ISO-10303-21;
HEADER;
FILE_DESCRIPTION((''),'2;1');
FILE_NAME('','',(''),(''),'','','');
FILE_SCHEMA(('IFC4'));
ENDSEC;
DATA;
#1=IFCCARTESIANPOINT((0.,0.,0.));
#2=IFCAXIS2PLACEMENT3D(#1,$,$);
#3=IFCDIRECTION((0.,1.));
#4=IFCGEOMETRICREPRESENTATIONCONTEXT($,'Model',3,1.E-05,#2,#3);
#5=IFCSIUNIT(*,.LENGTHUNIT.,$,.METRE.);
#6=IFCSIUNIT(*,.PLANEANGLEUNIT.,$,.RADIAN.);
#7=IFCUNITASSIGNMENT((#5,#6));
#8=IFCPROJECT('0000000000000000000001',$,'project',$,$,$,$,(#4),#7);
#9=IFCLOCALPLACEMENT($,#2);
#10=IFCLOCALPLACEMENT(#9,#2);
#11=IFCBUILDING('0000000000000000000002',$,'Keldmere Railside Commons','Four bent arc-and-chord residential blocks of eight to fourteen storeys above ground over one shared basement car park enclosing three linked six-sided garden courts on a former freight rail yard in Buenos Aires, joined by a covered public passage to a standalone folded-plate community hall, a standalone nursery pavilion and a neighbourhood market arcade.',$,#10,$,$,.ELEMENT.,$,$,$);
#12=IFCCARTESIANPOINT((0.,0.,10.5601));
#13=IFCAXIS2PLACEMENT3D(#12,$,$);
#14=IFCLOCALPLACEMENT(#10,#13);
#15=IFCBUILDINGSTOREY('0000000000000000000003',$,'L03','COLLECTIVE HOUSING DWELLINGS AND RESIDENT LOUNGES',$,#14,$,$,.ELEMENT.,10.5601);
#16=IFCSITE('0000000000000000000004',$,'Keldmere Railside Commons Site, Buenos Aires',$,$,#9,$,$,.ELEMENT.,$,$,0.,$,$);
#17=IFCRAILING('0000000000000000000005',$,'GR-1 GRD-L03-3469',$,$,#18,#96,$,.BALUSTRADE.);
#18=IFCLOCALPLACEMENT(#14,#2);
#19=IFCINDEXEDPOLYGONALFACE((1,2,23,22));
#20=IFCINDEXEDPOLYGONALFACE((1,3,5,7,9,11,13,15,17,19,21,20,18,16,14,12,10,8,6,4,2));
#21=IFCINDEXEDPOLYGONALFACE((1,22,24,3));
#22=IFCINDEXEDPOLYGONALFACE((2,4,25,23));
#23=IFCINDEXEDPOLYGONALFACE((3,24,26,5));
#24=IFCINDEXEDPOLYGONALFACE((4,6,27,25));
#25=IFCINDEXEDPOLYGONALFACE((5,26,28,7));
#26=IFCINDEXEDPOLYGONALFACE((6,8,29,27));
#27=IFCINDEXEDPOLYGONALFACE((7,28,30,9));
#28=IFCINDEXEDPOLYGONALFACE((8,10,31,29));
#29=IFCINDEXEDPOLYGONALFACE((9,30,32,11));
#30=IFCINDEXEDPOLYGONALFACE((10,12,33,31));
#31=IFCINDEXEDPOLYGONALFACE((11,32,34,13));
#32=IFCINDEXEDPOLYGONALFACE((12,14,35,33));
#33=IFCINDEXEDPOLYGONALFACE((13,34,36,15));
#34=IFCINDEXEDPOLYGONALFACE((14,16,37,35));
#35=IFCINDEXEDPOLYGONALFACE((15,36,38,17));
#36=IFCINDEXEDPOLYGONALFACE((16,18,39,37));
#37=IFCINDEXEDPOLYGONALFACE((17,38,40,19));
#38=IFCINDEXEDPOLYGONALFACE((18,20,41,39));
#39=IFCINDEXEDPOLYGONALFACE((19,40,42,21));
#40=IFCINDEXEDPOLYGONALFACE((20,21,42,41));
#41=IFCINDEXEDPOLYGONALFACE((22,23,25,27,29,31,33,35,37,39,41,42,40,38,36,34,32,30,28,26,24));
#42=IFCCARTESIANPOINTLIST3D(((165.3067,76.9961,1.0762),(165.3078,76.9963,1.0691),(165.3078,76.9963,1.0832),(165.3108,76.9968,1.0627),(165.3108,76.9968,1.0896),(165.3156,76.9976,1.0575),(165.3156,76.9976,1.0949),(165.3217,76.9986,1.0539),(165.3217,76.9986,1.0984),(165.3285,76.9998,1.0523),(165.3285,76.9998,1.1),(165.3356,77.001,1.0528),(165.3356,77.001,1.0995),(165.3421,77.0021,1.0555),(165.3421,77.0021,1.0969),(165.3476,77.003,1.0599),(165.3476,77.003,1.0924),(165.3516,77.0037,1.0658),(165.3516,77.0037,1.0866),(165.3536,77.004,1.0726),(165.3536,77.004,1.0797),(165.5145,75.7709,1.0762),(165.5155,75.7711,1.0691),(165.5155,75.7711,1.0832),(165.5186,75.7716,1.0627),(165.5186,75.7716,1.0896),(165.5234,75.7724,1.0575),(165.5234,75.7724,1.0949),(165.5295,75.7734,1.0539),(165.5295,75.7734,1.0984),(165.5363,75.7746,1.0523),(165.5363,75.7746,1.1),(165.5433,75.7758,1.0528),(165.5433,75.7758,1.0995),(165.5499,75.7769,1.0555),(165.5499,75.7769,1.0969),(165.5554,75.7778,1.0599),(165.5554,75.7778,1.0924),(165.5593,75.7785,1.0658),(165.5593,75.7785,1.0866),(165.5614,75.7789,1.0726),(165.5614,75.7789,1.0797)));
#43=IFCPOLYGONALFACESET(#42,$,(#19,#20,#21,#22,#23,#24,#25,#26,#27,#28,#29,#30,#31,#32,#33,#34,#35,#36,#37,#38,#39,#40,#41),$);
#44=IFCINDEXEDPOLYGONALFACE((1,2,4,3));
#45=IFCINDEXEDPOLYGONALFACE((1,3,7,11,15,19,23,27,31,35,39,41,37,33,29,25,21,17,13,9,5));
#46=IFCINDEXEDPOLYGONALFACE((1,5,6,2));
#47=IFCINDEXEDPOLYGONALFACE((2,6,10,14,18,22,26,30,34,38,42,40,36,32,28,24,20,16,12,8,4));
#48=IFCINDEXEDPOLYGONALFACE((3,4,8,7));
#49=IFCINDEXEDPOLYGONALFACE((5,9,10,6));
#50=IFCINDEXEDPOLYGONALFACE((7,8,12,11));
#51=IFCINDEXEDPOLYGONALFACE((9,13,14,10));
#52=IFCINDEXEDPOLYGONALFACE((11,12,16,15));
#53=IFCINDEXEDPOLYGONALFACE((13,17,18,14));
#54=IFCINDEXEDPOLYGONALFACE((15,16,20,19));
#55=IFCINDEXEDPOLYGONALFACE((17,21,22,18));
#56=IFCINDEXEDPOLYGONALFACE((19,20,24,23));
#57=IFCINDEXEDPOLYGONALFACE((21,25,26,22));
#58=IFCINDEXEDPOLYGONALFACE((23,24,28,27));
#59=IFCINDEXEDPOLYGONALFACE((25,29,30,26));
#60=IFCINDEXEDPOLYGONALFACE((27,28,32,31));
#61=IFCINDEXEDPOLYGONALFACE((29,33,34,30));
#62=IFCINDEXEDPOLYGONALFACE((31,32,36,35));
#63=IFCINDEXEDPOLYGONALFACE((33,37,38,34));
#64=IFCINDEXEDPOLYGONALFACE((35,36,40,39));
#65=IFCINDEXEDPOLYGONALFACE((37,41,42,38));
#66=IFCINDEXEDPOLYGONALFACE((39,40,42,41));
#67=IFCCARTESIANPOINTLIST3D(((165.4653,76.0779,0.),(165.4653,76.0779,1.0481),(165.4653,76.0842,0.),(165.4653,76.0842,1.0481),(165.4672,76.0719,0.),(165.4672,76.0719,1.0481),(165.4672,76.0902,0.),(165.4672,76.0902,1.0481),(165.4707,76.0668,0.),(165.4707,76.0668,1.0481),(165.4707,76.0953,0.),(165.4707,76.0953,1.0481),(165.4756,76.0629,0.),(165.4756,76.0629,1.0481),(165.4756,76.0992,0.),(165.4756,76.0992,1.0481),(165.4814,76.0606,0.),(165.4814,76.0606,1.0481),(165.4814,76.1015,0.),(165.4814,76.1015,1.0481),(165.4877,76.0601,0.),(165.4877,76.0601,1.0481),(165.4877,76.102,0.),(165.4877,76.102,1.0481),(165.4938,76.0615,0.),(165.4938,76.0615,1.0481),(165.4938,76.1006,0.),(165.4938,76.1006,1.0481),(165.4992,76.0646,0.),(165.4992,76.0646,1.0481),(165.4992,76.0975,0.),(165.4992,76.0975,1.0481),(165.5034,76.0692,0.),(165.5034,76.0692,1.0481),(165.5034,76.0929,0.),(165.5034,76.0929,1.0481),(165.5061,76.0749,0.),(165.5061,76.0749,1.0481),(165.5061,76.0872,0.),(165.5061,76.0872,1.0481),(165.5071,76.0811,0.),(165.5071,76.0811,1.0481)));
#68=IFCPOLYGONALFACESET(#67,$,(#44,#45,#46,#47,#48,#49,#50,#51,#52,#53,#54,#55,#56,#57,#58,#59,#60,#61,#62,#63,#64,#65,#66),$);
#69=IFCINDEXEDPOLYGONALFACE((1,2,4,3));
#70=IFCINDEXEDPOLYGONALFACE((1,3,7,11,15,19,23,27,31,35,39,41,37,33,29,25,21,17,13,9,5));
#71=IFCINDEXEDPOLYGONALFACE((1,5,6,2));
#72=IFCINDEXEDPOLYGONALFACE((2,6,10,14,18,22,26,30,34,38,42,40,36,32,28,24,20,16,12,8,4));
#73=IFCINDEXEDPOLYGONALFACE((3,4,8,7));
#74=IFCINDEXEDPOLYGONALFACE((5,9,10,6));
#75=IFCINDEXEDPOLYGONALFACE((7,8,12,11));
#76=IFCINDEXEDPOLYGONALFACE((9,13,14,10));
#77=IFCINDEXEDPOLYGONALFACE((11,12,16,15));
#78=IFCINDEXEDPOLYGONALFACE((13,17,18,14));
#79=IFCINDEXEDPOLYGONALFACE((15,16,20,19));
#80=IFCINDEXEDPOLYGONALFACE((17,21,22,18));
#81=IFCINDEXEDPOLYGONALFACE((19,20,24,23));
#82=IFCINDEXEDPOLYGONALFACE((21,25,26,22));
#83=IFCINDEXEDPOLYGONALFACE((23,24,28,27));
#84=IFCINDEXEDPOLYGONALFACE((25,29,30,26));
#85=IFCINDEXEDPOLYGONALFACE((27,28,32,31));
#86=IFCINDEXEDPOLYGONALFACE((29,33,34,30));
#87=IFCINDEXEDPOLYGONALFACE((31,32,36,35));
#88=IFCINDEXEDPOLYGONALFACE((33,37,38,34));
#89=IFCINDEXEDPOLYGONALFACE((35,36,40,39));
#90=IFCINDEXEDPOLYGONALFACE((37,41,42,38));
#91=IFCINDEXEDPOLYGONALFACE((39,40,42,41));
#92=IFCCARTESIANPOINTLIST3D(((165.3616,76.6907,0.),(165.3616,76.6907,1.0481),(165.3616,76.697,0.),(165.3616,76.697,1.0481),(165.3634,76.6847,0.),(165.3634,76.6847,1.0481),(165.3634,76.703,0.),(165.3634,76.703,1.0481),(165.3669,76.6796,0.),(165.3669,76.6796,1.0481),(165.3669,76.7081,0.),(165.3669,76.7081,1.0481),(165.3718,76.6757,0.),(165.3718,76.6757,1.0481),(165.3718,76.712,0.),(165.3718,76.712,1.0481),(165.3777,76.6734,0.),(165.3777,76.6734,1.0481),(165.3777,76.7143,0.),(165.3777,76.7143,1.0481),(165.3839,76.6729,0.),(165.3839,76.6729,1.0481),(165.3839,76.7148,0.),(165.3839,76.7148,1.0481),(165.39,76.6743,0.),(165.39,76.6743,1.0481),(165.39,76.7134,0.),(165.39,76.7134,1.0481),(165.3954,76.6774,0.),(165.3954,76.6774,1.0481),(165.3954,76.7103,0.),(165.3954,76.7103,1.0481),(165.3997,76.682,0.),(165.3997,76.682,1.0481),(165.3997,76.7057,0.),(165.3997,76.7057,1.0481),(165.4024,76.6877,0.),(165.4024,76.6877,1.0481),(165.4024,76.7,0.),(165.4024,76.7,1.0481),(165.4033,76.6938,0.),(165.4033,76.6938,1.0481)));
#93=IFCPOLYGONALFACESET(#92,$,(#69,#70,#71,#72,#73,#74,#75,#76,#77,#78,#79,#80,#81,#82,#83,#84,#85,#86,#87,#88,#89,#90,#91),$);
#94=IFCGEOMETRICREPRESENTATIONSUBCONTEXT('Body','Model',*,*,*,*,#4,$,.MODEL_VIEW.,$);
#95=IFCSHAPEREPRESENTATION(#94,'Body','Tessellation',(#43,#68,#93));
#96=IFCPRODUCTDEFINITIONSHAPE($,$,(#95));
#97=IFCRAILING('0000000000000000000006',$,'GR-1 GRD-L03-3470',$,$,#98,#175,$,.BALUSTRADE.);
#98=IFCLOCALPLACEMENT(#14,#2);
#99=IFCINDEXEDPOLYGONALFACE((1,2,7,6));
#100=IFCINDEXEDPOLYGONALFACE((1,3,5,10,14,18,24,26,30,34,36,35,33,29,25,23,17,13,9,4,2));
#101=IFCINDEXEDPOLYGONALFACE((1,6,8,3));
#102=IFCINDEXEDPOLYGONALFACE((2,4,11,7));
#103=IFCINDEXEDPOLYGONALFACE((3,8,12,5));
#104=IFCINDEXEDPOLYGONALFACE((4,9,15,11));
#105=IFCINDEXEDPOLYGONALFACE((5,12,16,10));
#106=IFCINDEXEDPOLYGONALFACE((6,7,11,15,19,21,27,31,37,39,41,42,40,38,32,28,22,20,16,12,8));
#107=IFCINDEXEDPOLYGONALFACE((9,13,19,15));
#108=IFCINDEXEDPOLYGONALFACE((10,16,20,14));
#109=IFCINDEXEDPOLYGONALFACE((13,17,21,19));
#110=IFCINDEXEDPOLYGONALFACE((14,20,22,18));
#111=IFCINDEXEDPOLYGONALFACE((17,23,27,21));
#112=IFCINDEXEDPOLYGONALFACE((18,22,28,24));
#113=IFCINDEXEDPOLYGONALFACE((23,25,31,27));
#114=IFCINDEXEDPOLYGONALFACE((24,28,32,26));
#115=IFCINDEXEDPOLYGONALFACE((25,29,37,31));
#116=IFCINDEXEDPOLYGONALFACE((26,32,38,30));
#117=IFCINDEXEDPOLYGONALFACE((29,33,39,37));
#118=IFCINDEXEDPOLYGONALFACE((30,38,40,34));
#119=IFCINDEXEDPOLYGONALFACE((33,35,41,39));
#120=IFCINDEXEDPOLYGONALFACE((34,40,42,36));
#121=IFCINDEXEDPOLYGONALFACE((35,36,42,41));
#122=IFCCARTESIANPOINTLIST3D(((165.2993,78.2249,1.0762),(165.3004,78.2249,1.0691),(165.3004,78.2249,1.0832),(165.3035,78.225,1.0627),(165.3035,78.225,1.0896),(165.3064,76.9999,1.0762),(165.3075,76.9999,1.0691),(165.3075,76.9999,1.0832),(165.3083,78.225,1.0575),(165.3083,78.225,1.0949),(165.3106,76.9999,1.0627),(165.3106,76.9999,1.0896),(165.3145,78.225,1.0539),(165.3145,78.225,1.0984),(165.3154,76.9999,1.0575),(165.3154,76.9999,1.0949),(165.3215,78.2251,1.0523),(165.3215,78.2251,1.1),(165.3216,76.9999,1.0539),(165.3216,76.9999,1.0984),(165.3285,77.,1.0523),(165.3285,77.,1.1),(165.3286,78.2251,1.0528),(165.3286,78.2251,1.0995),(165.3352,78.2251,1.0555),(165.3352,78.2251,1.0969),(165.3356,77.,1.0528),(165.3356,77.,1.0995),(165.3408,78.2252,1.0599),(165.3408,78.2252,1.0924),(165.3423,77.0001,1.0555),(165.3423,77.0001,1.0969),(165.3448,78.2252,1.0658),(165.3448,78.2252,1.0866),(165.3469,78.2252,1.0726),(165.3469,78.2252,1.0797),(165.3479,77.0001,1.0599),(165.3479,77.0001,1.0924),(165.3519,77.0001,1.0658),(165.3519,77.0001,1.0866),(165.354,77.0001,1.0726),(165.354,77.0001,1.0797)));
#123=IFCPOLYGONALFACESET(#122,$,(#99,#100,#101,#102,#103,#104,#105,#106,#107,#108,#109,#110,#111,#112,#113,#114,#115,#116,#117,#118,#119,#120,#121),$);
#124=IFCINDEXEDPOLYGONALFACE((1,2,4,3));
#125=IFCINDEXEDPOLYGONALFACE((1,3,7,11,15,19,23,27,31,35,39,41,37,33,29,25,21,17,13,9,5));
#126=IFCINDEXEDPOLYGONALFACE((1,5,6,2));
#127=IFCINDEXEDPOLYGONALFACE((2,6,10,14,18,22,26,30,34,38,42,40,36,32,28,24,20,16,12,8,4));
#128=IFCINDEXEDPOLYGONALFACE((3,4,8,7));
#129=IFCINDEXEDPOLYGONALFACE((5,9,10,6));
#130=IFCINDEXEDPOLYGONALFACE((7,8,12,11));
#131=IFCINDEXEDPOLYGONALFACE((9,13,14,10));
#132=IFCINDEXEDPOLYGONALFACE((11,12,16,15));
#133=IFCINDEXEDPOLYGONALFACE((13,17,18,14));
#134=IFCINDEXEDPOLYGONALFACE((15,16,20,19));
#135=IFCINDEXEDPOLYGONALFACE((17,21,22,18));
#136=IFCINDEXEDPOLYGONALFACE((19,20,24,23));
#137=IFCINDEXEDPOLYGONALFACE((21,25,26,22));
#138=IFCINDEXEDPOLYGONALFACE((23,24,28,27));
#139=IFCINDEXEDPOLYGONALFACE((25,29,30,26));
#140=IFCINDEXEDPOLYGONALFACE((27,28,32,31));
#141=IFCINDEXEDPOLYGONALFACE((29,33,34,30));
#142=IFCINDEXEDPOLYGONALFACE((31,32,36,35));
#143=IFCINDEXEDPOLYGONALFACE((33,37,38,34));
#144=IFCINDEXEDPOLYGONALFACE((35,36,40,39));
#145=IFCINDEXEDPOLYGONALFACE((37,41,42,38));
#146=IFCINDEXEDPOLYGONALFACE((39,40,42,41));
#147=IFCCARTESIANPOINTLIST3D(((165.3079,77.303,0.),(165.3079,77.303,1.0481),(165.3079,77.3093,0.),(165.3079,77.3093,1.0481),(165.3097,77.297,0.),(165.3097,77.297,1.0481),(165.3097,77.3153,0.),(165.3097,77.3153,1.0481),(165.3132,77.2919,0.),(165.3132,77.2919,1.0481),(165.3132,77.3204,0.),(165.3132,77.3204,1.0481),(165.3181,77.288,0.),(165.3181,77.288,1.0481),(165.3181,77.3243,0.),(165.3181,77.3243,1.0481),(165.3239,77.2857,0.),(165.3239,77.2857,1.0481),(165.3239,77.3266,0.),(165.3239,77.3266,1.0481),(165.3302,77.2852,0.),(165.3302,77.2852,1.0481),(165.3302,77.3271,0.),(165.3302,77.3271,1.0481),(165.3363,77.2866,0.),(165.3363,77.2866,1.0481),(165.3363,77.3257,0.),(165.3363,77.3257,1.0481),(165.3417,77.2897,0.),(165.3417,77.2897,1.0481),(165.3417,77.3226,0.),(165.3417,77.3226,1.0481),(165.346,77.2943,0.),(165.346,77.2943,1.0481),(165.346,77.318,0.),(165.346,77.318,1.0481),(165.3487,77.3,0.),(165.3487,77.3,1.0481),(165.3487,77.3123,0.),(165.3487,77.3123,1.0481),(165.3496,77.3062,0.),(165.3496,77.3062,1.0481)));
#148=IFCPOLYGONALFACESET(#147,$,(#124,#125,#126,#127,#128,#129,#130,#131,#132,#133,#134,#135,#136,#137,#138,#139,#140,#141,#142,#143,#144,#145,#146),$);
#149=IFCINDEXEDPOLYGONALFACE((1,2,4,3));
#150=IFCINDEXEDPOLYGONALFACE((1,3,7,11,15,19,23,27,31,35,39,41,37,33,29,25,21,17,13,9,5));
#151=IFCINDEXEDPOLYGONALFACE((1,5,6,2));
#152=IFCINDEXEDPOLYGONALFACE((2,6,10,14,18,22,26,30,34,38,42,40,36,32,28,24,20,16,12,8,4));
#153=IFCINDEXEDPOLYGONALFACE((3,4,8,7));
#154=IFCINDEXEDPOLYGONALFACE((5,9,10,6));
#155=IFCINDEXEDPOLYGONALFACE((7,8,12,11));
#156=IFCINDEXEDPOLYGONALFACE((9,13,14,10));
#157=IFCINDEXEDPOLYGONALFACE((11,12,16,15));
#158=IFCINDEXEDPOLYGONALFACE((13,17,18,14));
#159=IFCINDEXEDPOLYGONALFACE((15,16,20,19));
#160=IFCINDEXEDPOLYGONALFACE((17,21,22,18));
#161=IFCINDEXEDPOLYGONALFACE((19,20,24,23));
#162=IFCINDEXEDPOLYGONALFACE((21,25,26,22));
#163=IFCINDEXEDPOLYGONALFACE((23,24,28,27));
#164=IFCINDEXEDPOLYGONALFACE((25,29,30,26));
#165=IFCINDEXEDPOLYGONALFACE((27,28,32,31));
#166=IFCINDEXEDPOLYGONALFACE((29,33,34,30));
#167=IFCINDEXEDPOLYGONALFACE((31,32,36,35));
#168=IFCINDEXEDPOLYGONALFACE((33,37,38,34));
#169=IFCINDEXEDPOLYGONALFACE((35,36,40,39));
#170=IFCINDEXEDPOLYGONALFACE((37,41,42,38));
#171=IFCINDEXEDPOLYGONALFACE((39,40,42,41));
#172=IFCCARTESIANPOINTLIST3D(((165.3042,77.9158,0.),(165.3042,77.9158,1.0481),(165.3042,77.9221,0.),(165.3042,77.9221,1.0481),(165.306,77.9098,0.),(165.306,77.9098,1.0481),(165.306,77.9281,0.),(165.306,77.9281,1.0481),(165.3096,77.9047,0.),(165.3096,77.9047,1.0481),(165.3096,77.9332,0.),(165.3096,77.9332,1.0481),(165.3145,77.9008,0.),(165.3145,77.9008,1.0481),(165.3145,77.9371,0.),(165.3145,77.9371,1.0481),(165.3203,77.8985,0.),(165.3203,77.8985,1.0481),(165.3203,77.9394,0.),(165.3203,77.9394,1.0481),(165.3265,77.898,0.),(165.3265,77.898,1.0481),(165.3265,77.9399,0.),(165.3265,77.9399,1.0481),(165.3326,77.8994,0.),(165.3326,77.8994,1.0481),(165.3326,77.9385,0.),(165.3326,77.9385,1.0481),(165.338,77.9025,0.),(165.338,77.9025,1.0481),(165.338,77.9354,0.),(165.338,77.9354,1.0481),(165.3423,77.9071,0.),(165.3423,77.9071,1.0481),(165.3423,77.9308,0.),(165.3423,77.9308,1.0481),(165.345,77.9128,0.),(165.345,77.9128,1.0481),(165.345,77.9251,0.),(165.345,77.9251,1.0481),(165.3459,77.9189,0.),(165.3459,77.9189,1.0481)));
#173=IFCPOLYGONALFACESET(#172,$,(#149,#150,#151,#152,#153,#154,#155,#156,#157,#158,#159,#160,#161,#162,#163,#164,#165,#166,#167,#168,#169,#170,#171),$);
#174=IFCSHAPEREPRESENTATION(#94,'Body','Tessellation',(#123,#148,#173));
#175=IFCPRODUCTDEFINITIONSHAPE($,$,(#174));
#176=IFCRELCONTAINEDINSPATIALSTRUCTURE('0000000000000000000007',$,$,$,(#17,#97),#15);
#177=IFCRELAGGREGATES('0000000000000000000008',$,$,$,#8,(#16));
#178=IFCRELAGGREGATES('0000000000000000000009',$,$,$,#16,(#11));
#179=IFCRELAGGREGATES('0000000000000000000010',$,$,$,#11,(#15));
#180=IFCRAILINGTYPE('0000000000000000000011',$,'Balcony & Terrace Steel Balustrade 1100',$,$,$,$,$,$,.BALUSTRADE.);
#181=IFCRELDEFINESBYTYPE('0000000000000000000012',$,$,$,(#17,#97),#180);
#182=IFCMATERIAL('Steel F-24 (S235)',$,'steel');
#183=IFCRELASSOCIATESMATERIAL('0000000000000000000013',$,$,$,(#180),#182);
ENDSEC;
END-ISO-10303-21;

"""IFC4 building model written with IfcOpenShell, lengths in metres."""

from ifc_helpers import new_model, si_unit, direction, frame, origin, origin_2d, place, context, subcontext, project, spatial, circle, extrude, material, type_object, element, save


model = new_model("IFC4")

# Units and contexts
model_context = context("Model", 3, precision=1e-05, world=origin(), true_north=direction((0.0, 1.0)))
body_context = subcontext(model_context, "Body", "Model", "MODEL_VIEW")
ifc_project = project(units=[si_unit("LENGTHUNIT", "METRE"), si_unit("PLANEANGLEUNIT", "RADIAN")], contexts=[model_context])

# Site, building, storey
site_placement = place(None, origin())
site = spatial("IfcSite", under=ifc_project, at=site_placement, Name="Keldmere Railside Commons Site, Buenos Aires", CompositionType="ELEMENT", RefElevation=0.0)
building_placement = place(site_placement, origin())
building = spatial("IfcBuilding", under=site, at=building_placement, Name="Keldmere Railside Commons", Description="Four bent arc-and-chord residential blocks of eight to fourteen storeys above ground over one shared basement car park enclosing three linked six-sided garden courts on a former freight rail yard in Buenos Aires, joined by a covered public passage to a standalone folded-plate community hall, a standalone nursery pavilion and a neighbourhood market arcade.", CompositionType="ELEMENT")
storey_placement = place(building_placement, frame((0.0, 0.0, 10.5601)))
storey = spatial("IfcBuildingStorey", under=building, at=storey_placement, Name="L03", Description="COLLECTIVE HOUSING DWELLINGS AND RESIDENT LOUNGES", CompositionType="ELEMENT", Elevation=10.5601)

# Railings
ifc_material_1 = material(Name="Steel F-24 (S235)", Category="steel")
railing_type = type_object("IfcRailingType", Name="Balcony & Terrace Steel Balustrade 1100", PredefinedType="BALUSTRADE", material=ifc_material_1)
railing_1_placement = place(storey_placement, frame((165.5381, 75.7749, 0.0)))
element("IfcRailing", 1, at=railing_1_placement, inside=storey, type_object=railing_type, Name="GR-1 GRD-L03-3469", PredefinedType="BALUSTRADE", context=body_context, shape_type="SweptSolid", body=[
    extrude(circle(Radius=0.0239, at=origin_2d()), frame((0.0, 0.0, 1.0762), z_axis=(-0.167202, 0.985923, 0.0), x_axis=(-0.985923, -0.167202, 0.0)), (0.0, 0.0, 1.0), 1.2427),
    extrude(circle(Radius=0.021, at=origin_2d()), frame((-0.052, 0.3062, 0.0)), (0.0, 0.0, 1.0), 1.0481),
    extrude(circle(Radius=0.021, at=origin_2d()), frame((-0.1558, 0.9189, 0.0)), (0.0, 0.0, 1.0), 1.0481),
])
railing_2_placement = place(storey_placement, frame((165.3303, 77.0, 0.0)))
element("IfcRailing", 2, at=railing_2_placement, inside=storey, type_object=railing_type, Name="GR-1 GRD-L03-3470", PredefinedType="BALUSTRADE", context=body_context, shape_type="SweptSolid", body=[
    extrude(circle(Radius=0.0239, at=origin_2d()), frame((0.0, 0.0, 1.0762), z_axis=(-0.005779, 0.999983, 0.0), x_axis=(-0.999983, -0.005779, 0.0)), (0.0, 0.0, 1.0), 1.2251),
    extrude(circle(Radius=0.021, at=origin_2d()), frame((-0.0017, 0.3062, 0.0)), (0.0, 0.0, 1.0), 1.0481),
    extrude(circle(Radius=0.021, at=origin_2d()), frame((-0.0054, 0.9189, 0.0)), (0.0, 0.0, 1.0), 1.0481),
])

save(model, "model.ifc")
